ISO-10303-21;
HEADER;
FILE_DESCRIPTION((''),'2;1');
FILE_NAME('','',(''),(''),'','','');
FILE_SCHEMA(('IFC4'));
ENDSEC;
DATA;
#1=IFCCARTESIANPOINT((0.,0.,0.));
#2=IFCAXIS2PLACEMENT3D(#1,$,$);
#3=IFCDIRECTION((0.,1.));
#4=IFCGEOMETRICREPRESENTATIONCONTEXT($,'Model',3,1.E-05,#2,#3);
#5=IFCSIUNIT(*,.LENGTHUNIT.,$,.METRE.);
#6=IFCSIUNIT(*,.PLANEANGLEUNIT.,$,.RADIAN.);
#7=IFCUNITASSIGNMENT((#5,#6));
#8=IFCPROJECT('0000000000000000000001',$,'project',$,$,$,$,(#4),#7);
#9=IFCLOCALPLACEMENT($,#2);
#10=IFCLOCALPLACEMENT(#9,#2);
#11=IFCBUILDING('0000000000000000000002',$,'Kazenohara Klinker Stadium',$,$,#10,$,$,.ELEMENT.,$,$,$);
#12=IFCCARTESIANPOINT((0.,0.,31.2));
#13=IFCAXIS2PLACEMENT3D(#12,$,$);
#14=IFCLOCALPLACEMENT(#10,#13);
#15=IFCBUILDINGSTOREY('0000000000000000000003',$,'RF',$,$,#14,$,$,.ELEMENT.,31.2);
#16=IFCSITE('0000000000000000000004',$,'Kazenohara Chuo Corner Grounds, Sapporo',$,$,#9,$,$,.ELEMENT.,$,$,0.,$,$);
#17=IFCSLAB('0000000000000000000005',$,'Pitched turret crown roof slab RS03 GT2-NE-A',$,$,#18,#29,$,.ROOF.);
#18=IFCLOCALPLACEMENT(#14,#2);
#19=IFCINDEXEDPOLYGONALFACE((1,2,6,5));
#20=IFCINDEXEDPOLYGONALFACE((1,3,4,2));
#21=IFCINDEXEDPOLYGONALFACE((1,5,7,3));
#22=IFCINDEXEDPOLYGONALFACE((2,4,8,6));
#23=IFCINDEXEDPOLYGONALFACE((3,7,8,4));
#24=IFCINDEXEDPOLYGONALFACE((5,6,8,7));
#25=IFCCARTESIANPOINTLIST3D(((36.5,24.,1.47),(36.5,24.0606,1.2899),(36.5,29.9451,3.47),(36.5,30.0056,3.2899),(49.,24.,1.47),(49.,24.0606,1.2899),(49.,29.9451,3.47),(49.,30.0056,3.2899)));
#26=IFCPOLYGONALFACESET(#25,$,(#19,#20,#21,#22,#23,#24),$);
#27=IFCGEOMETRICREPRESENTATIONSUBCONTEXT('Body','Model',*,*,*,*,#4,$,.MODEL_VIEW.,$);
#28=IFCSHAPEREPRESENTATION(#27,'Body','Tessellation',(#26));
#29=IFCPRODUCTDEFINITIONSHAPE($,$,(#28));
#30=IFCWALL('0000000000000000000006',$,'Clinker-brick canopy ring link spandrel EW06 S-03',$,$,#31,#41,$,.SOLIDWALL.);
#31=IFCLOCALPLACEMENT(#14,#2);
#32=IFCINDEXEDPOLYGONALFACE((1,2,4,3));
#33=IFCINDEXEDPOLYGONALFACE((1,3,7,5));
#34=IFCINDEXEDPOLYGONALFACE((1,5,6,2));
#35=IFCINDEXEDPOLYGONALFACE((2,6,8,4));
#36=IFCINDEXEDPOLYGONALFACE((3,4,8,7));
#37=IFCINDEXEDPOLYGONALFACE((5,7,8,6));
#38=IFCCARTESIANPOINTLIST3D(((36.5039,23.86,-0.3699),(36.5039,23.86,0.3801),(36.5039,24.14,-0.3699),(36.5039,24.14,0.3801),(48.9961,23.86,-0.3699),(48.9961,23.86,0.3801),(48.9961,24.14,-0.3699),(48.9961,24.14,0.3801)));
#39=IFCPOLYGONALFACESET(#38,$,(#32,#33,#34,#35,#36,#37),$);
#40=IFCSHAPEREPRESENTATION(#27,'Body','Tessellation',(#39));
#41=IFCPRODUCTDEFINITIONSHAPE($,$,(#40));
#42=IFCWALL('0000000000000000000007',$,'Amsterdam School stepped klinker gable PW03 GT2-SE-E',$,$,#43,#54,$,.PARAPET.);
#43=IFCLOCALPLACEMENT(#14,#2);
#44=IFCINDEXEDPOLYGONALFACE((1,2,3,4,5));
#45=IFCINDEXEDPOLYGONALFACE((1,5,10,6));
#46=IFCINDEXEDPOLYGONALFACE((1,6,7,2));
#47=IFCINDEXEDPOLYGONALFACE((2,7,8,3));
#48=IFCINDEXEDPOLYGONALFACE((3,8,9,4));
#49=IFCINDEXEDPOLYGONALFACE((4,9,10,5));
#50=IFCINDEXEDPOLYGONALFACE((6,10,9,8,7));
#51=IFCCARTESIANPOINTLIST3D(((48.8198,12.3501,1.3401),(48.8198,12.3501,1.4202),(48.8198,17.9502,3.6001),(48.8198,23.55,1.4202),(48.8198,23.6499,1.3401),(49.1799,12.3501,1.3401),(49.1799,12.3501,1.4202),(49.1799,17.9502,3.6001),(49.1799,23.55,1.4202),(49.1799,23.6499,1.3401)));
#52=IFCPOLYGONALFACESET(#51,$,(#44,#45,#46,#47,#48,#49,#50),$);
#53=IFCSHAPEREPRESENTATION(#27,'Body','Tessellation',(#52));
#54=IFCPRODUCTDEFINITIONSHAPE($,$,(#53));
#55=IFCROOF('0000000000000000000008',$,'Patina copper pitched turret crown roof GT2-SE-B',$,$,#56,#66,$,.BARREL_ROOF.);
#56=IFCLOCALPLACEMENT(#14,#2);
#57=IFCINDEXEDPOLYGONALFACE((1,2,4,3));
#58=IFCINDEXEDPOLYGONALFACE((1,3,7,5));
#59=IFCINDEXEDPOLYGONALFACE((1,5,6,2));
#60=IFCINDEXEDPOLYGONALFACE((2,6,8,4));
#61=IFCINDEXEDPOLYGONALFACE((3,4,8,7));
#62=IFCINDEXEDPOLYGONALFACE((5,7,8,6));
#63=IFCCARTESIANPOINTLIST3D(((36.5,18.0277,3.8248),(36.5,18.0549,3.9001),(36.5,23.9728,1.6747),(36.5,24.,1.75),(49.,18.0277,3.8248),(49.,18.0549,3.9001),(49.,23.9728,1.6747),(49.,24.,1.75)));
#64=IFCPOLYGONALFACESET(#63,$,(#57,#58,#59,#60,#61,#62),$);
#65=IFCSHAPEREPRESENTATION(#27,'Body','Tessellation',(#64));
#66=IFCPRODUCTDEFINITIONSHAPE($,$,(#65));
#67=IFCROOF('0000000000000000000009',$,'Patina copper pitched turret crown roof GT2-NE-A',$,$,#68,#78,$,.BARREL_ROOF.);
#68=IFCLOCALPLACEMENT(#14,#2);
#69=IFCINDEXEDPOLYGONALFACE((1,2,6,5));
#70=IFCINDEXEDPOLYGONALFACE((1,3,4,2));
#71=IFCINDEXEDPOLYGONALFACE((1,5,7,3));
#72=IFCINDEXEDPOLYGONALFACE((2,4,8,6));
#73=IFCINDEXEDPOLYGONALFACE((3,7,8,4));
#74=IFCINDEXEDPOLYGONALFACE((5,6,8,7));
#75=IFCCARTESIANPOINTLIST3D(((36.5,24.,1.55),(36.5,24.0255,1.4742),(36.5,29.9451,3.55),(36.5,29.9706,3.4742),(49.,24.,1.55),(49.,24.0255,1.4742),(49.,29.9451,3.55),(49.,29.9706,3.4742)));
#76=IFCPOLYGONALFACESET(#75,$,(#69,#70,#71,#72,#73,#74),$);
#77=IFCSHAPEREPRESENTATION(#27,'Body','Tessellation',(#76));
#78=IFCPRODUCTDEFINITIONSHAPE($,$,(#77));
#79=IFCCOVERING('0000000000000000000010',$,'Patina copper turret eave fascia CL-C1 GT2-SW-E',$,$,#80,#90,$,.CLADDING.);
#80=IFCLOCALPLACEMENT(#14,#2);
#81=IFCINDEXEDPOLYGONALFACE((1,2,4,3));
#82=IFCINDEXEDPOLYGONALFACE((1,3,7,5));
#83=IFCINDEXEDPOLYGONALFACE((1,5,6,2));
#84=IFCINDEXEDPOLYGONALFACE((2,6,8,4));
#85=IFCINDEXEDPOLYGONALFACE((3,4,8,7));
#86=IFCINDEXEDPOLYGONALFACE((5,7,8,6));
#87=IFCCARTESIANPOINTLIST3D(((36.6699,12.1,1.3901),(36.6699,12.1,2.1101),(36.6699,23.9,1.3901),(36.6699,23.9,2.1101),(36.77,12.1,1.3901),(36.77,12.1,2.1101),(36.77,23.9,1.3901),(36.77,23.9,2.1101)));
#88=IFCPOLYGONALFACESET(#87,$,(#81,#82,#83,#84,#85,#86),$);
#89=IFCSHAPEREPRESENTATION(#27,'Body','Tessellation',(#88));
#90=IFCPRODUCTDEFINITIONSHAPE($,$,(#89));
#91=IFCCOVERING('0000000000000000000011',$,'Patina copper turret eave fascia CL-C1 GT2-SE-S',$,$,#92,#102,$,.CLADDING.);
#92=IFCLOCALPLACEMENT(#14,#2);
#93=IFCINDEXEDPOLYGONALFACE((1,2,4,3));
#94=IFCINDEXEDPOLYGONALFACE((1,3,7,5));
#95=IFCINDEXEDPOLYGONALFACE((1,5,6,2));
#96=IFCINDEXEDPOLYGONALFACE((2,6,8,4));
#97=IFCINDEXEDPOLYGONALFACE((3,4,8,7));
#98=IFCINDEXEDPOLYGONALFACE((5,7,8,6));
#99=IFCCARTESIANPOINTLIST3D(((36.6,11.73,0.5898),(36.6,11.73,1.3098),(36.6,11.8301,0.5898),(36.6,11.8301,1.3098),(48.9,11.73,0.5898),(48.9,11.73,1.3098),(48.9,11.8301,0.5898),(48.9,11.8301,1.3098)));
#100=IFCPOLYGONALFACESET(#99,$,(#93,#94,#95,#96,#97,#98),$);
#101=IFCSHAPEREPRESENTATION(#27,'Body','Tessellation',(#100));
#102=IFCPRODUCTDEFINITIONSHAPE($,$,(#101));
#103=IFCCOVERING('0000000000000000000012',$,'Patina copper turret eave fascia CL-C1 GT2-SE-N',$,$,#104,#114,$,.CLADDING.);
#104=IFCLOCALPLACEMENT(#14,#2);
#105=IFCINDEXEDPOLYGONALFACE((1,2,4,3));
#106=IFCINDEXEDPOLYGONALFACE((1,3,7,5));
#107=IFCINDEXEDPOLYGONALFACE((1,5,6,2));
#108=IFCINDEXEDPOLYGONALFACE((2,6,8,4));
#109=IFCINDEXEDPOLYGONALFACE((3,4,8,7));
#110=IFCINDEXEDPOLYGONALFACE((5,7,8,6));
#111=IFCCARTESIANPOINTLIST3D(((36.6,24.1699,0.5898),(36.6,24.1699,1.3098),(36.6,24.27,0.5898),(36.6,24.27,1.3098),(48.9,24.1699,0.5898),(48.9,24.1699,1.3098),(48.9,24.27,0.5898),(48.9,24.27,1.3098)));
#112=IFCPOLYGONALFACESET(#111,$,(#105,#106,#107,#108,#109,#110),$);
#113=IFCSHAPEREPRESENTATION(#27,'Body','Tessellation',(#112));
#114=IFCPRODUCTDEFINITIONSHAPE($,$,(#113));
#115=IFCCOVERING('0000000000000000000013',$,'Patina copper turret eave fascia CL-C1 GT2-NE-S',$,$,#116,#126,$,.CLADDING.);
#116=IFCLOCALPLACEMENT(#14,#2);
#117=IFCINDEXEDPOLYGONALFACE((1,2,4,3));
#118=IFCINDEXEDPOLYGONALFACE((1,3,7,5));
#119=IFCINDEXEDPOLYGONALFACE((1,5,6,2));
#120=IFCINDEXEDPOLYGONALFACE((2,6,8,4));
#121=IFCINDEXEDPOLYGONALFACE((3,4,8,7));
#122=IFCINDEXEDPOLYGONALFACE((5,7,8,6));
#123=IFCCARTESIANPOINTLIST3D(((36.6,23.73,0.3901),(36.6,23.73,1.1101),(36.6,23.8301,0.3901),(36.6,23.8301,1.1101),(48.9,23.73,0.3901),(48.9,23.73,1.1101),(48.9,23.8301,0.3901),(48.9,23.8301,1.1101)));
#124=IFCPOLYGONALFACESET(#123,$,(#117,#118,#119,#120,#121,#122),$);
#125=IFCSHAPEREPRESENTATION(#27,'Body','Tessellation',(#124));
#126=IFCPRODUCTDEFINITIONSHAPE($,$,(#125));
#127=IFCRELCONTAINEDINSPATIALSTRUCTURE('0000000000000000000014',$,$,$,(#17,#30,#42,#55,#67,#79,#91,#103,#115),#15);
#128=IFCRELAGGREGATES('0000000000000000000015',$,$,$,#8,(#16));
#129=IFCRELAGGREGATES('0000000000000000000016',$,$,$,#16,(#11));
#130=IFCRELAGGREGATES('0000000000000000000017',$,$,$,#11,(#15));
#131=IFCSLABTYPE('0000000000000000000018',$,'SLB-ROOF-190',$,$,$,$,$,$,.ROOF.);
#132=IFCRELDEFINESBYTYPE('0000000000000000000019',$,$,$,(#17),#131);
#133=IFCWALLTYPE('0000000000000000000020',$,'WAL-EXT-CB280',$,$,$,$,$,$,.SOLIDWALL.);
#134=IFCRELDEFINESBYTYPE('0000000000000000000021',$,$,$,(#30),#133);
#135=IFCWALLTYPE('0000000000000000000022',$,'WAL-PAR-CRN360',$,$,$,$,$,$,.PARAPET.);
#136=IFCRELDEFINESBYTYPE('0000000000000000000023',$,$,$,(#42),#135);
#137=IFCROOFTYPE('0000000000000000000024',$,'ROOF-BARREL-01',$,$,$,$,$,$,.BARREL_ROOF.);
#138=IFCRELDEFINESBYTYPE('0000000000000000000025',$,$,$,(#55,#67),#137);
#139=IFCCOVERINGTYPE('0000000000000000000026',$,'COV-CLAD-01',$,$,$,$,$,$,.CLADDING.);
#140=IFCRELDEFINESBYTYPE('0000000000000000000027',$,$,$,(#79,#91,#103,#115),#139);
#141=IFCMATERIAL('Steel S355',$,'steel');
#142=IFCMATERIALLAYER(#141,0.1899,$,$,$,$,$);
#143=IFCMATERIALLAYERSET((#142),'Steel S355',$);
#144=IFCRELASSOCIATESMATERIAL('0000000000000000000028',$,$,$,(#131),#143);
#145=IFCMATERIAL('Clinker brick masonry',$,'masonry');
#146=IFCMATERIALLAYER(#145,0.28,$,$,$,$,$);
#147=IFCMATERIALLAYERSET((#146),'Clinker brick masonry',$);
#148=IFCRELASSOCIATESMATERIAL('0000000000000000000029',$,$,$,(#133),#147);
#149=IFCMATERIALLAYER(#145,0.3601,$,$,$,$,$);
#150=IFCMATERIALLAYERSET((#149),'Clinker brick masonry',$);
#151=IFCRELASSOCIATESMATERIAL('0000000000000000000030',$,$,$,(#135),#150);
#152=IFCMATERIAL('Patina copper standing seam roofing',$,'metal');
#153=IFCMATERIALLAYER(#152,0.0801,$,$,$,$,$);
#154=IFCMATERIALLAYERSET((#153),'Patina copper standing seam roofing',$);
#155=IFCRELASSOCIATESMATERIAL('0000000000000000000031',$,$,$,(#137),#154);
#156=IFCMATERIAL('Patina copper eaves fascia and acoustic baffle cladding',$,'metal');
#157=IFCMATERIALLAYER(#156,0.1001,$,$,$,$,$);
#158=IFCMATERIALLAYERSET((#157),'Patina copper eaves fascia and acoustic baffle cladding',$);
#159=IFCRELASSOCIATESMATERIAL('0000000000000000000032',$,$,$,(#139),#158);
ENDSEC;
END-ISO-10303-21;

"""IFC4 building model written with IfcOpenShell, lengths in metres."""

from ifc_helpers import new_model, si_unit, direction, frame, frame_2d, origin, origin_2d, place, context, subcontext, project, spatial, polyline, rectangle, outline, extrude, material, layer, layer_set, type_object, element, save


model = new_model("IFC4")

# Units and contexts
model_context = context("Model", 3, precision=1e-05, world=origin(), true_north=direction((0.0, 1.0)))
body_context = subcontext(model_context, "Body", "Model", "MODEL_VIEW")
ifc_project = project(units=[si_unit("LENGTHUNIT", "METRE"), si_unit("PLANEANGLEUNIT", "RADIAN")], contexts=[model_context])

# Site, building, storey
site_placement = place(None, origin())
site = spatial("IfcSite", under=ifc_project, at=site_placement, Name="Kazenohara Chuo Corner Grounds, Sapporo", CompositionType="ELEMENT", RefElevation=0.0)
building_placement = place(site_placement, origin())
building = spatial("IfcBuilding", under=site, at=building_placement, Name="Kazenohara Klinker Stadium", CompositionType="ELEMENT")
storey_placement = place(building_placement, frame((0.0, 0.0, 31.2)))
storey = spatial("IfcBuildingStorey", under=building, at=storey_placement, Name="RF", CompositionType="ELEMENT", Elevation=31.2)

# Shared definitions
ifc_material_1 = material(Name="Steel S355", Category="steel")

# Slab
ifc_layer_1 = layer(ifc_material_1, 0.1899)
ifc_layer_set_1 = layer_set([ifc_layer_1], Name="Steel S355")
slab_type = type_object("IfcSlabType", Name="SLB-ROOF-190", PredefinedType="ROOF", material=ifc_layer_set_1)
slab_1_placement = place(storey_placement, frame((36.5, 24.0, 1.47), z_axis=(0.0, -0.318854, 0.947804), x_axis=(1.0, 0.0, 0.0)))
element("IfcSlab", 1, at=slab_1_placement, inside=storey, type_object=slab_type, Name="Pitched turret crown roof slab RS03 GT2-NE-A", PredefinedType="ROOF", context=body_context, shape_type="SweptSolid", body=[
    extrude(outline(polyline([(0.0, 0.0), (12.5, 0.0), (12.5, 6.2725), (0.0, 6.2725), (0.0, 0.0)])), origin(), (0.0, 0.0, -1.0), 0.1899),
])

# Walls
ifc_material_2 = material(Name="Clinker brick masonry", Category="masonry")
ifc_layer_2 = layer(ifc_material_2, 0.28)
ifc_layer_set_2 = layer_set([ifc_layer_2], Name="Clinker brick masonry")
wall_type_1 = type_object("IfcWallType", Name="WAL-EXT-CB280", PredefinedType="SOLIDWALL", material=ifc_layer_set_2)
wall_1_placement = place(storey_placement, frame((36.5039, 24.0, -0.3699), z_axis=(0.0, 0.0, 1.0), x_axis=(1.0, 0.0, 0.0)))
element("IfcWall", 2, at=wall_1_placement, inside=storey, type_object=wall_type_1, Name="Clinker-brick canopy ring link spandrel EW06 S-03", PredefinedType="SOLIDWALL", context=body_context, shape_type="SweptSolid", body=[
    extrude(rectangle(XDim=12.4922, YDim=0.28, at=frame_2d((6.2461, 0.0))), origin(), (0.0, 0.0, 1.0), 0.75),
])
ifc_layer_3 = layer(ifc_material_2, 0.3601)
ifc_layer_set_3 = layer_set([ifc_layer_3], Name="Clinker brick masonry")
wall_type_2 = type_object("IfcWallType", Name="WAL-PAR-CRN360", PredefinedType="PARAPET", material=ifc_layer_set_3)
wall_2_placement = place(storey_placement, frame((49.0, 12.3501, 1.3401), z_axis=(0.0, 0.0, 1.0), x_axis=(0.0, 1.0, 0.0)))
element("IfcWall", 3, at=wall_2_placement, inside=storey, type_object=wall_type_2, Name="Amsterdam School stepped klinker gable PW03 GT2-SE-E", PredefinedType="PARAPET", context=body_context, shape_type="SweptSolid", body=[
    extrude(outline(polyline([(0.0, 0.0), (11.2998, 0.0), (11.2, 0.0801), (5.6001, 2.26), (0.0, 0.0801), (0.0, 0.0)])), frame((0.0, 0.1802, 0.0), z_axis=(0.0, -1.0, 0.0), x_axis=(1.0, 0.0, 0.0)), (0.0, 0.0, 1.0), 0.3601),
])

# Roofs
ifc_material_3 = material(Name="Patina copper standing seam roofing", Category="metal")
ifc_layer_4 = layer(ifc_material_3, 0.0801)
ifc_layer_set_4 = layer_set([ifc_layer_4], Name="Patina copper standing seam roofing")
roof_type = type_object("IfcRoofType", Name="ROOF-BARREL-01", PredefinedType="BARREL_ROOF", material=ifc_layer_set_4)
roof_1_placement = place(storey_placement, frame((36.5, 18.0549, 3.9001), z_axis=(0.0, 0.340108, 0.940386), x_axis=(1.0, 0.0, 0.0)))
element("IfcRoof", 4, at=roof_1_placement, inside=storey, type_object=roof_type, Name="Patina copper pitched turret crown roof GT2-SE-B", PredefinedType="BARREL_ROOF", context=body_context, shape_type="SweptSolid", body=[
    extrude(outline(polyline([(0.0, 0.0), (12.5, 0.0), (12.5, 6.3219), (0.0, 6.3219), (0.0, 0.0)])), origin(), (0.0, 0.0, -1.0), 0.0801),
])
roof_2_placement = place(storey_placement, frame((36.5, 24.0, 1.55), z_axis=(0.0, -0.318854, 0.947804), x_axis=(1.0, 0.0, 0.0)))
element("IfcRoof", 5, at=roof_2_placement, inside=storey, type_object=roof_type, Name="Patina copper pitched turret crown roof GT2-NE-A", PredefinedType="BARREL_ROOF", context=body_context, shape_type="SweptSolid", body=[
    extrude(outline(polyline([(0.0, 0.0), (12.5, 0.0), (12.5, 6.2725), (0.0, 6.2725), (0.0, 0.0)])), origin(), (0.0, 0.0, -1.0), 0.0801),
])

# Coverings
ifc_material_4 = material(Name="Patina copper eaves fascia and acoustic baffle cladding", Category="metal")
ifc_layer_5 = layer(ifc_material_4, 0.1001)
ifc_layer_set_5 = layer_set([ifc_layer_5], Name="Patina copper eaves fascia and acoustic baffle cladding")
covering_type = type_object("IfcCoveringType", Name="COV-CLAD-01", PredefinedType="CLADDING", material=ifc_layer_set_5)
covering_placement = place(storey_placement, frame((36.72, 18.0, 1.3901), z_axis=(0.0, 0.0, 1.0), x_axis=(1.0, 0.0, 0.0)))
element("IfcCovering", 6, at=covering_placement, inside=storey, type_object=covering_type, Name="Patina copper turret eave fascia CL-C1 GT2-SW-E", PredefinedType="CLADDING", context=body_context, shape_type="SweptSolid", body=[
    extrude(rectangle(XDim=0.1001, YDim=11.8, at=origin_2d()), origin(), (0.0, 0.0, 1.0), 0.72),
])
for number, where, z_axis, x_axis, name in (
    (7, (42.75, 11.78, 0.5898), (0.0, 0.0, 1.0), (1.0, 0.0, 0.0), "Patina copper turret eave fascia CL-C1 GT2-SE-S"),
    (8, (42.75, 24.22, 0.5898), (0.0, 0.0, 1.0), (1.0, 0.0, 0.0), "Patina copper turret eave fascia CL-C1 GT2-SE-N"),
    (9, (42.75, 23.78, 0.3901), (0.0, 0.0, 1.0), (1.0, 0.0, 0.0), "Patina copper turret eave fascia CL-C1 GT2-NE-S"),
):
    element("IfcCovering", number, at=place(storey_placement, frame(where, z_axis=z_axis, x_axis=x_axis)), inside=storey, type_object=covering_type, Name=name, PredefinedType="CLADDING", context=body_context, shape_type="SweptSolid", body=[
        extrude(rectangle(XDim=12.3, YDim=0.1001, at=origin_2d()), origin(), (0.0, 0.0, 1.0), 0.72),
    ])

save(model, "model.ifc")
